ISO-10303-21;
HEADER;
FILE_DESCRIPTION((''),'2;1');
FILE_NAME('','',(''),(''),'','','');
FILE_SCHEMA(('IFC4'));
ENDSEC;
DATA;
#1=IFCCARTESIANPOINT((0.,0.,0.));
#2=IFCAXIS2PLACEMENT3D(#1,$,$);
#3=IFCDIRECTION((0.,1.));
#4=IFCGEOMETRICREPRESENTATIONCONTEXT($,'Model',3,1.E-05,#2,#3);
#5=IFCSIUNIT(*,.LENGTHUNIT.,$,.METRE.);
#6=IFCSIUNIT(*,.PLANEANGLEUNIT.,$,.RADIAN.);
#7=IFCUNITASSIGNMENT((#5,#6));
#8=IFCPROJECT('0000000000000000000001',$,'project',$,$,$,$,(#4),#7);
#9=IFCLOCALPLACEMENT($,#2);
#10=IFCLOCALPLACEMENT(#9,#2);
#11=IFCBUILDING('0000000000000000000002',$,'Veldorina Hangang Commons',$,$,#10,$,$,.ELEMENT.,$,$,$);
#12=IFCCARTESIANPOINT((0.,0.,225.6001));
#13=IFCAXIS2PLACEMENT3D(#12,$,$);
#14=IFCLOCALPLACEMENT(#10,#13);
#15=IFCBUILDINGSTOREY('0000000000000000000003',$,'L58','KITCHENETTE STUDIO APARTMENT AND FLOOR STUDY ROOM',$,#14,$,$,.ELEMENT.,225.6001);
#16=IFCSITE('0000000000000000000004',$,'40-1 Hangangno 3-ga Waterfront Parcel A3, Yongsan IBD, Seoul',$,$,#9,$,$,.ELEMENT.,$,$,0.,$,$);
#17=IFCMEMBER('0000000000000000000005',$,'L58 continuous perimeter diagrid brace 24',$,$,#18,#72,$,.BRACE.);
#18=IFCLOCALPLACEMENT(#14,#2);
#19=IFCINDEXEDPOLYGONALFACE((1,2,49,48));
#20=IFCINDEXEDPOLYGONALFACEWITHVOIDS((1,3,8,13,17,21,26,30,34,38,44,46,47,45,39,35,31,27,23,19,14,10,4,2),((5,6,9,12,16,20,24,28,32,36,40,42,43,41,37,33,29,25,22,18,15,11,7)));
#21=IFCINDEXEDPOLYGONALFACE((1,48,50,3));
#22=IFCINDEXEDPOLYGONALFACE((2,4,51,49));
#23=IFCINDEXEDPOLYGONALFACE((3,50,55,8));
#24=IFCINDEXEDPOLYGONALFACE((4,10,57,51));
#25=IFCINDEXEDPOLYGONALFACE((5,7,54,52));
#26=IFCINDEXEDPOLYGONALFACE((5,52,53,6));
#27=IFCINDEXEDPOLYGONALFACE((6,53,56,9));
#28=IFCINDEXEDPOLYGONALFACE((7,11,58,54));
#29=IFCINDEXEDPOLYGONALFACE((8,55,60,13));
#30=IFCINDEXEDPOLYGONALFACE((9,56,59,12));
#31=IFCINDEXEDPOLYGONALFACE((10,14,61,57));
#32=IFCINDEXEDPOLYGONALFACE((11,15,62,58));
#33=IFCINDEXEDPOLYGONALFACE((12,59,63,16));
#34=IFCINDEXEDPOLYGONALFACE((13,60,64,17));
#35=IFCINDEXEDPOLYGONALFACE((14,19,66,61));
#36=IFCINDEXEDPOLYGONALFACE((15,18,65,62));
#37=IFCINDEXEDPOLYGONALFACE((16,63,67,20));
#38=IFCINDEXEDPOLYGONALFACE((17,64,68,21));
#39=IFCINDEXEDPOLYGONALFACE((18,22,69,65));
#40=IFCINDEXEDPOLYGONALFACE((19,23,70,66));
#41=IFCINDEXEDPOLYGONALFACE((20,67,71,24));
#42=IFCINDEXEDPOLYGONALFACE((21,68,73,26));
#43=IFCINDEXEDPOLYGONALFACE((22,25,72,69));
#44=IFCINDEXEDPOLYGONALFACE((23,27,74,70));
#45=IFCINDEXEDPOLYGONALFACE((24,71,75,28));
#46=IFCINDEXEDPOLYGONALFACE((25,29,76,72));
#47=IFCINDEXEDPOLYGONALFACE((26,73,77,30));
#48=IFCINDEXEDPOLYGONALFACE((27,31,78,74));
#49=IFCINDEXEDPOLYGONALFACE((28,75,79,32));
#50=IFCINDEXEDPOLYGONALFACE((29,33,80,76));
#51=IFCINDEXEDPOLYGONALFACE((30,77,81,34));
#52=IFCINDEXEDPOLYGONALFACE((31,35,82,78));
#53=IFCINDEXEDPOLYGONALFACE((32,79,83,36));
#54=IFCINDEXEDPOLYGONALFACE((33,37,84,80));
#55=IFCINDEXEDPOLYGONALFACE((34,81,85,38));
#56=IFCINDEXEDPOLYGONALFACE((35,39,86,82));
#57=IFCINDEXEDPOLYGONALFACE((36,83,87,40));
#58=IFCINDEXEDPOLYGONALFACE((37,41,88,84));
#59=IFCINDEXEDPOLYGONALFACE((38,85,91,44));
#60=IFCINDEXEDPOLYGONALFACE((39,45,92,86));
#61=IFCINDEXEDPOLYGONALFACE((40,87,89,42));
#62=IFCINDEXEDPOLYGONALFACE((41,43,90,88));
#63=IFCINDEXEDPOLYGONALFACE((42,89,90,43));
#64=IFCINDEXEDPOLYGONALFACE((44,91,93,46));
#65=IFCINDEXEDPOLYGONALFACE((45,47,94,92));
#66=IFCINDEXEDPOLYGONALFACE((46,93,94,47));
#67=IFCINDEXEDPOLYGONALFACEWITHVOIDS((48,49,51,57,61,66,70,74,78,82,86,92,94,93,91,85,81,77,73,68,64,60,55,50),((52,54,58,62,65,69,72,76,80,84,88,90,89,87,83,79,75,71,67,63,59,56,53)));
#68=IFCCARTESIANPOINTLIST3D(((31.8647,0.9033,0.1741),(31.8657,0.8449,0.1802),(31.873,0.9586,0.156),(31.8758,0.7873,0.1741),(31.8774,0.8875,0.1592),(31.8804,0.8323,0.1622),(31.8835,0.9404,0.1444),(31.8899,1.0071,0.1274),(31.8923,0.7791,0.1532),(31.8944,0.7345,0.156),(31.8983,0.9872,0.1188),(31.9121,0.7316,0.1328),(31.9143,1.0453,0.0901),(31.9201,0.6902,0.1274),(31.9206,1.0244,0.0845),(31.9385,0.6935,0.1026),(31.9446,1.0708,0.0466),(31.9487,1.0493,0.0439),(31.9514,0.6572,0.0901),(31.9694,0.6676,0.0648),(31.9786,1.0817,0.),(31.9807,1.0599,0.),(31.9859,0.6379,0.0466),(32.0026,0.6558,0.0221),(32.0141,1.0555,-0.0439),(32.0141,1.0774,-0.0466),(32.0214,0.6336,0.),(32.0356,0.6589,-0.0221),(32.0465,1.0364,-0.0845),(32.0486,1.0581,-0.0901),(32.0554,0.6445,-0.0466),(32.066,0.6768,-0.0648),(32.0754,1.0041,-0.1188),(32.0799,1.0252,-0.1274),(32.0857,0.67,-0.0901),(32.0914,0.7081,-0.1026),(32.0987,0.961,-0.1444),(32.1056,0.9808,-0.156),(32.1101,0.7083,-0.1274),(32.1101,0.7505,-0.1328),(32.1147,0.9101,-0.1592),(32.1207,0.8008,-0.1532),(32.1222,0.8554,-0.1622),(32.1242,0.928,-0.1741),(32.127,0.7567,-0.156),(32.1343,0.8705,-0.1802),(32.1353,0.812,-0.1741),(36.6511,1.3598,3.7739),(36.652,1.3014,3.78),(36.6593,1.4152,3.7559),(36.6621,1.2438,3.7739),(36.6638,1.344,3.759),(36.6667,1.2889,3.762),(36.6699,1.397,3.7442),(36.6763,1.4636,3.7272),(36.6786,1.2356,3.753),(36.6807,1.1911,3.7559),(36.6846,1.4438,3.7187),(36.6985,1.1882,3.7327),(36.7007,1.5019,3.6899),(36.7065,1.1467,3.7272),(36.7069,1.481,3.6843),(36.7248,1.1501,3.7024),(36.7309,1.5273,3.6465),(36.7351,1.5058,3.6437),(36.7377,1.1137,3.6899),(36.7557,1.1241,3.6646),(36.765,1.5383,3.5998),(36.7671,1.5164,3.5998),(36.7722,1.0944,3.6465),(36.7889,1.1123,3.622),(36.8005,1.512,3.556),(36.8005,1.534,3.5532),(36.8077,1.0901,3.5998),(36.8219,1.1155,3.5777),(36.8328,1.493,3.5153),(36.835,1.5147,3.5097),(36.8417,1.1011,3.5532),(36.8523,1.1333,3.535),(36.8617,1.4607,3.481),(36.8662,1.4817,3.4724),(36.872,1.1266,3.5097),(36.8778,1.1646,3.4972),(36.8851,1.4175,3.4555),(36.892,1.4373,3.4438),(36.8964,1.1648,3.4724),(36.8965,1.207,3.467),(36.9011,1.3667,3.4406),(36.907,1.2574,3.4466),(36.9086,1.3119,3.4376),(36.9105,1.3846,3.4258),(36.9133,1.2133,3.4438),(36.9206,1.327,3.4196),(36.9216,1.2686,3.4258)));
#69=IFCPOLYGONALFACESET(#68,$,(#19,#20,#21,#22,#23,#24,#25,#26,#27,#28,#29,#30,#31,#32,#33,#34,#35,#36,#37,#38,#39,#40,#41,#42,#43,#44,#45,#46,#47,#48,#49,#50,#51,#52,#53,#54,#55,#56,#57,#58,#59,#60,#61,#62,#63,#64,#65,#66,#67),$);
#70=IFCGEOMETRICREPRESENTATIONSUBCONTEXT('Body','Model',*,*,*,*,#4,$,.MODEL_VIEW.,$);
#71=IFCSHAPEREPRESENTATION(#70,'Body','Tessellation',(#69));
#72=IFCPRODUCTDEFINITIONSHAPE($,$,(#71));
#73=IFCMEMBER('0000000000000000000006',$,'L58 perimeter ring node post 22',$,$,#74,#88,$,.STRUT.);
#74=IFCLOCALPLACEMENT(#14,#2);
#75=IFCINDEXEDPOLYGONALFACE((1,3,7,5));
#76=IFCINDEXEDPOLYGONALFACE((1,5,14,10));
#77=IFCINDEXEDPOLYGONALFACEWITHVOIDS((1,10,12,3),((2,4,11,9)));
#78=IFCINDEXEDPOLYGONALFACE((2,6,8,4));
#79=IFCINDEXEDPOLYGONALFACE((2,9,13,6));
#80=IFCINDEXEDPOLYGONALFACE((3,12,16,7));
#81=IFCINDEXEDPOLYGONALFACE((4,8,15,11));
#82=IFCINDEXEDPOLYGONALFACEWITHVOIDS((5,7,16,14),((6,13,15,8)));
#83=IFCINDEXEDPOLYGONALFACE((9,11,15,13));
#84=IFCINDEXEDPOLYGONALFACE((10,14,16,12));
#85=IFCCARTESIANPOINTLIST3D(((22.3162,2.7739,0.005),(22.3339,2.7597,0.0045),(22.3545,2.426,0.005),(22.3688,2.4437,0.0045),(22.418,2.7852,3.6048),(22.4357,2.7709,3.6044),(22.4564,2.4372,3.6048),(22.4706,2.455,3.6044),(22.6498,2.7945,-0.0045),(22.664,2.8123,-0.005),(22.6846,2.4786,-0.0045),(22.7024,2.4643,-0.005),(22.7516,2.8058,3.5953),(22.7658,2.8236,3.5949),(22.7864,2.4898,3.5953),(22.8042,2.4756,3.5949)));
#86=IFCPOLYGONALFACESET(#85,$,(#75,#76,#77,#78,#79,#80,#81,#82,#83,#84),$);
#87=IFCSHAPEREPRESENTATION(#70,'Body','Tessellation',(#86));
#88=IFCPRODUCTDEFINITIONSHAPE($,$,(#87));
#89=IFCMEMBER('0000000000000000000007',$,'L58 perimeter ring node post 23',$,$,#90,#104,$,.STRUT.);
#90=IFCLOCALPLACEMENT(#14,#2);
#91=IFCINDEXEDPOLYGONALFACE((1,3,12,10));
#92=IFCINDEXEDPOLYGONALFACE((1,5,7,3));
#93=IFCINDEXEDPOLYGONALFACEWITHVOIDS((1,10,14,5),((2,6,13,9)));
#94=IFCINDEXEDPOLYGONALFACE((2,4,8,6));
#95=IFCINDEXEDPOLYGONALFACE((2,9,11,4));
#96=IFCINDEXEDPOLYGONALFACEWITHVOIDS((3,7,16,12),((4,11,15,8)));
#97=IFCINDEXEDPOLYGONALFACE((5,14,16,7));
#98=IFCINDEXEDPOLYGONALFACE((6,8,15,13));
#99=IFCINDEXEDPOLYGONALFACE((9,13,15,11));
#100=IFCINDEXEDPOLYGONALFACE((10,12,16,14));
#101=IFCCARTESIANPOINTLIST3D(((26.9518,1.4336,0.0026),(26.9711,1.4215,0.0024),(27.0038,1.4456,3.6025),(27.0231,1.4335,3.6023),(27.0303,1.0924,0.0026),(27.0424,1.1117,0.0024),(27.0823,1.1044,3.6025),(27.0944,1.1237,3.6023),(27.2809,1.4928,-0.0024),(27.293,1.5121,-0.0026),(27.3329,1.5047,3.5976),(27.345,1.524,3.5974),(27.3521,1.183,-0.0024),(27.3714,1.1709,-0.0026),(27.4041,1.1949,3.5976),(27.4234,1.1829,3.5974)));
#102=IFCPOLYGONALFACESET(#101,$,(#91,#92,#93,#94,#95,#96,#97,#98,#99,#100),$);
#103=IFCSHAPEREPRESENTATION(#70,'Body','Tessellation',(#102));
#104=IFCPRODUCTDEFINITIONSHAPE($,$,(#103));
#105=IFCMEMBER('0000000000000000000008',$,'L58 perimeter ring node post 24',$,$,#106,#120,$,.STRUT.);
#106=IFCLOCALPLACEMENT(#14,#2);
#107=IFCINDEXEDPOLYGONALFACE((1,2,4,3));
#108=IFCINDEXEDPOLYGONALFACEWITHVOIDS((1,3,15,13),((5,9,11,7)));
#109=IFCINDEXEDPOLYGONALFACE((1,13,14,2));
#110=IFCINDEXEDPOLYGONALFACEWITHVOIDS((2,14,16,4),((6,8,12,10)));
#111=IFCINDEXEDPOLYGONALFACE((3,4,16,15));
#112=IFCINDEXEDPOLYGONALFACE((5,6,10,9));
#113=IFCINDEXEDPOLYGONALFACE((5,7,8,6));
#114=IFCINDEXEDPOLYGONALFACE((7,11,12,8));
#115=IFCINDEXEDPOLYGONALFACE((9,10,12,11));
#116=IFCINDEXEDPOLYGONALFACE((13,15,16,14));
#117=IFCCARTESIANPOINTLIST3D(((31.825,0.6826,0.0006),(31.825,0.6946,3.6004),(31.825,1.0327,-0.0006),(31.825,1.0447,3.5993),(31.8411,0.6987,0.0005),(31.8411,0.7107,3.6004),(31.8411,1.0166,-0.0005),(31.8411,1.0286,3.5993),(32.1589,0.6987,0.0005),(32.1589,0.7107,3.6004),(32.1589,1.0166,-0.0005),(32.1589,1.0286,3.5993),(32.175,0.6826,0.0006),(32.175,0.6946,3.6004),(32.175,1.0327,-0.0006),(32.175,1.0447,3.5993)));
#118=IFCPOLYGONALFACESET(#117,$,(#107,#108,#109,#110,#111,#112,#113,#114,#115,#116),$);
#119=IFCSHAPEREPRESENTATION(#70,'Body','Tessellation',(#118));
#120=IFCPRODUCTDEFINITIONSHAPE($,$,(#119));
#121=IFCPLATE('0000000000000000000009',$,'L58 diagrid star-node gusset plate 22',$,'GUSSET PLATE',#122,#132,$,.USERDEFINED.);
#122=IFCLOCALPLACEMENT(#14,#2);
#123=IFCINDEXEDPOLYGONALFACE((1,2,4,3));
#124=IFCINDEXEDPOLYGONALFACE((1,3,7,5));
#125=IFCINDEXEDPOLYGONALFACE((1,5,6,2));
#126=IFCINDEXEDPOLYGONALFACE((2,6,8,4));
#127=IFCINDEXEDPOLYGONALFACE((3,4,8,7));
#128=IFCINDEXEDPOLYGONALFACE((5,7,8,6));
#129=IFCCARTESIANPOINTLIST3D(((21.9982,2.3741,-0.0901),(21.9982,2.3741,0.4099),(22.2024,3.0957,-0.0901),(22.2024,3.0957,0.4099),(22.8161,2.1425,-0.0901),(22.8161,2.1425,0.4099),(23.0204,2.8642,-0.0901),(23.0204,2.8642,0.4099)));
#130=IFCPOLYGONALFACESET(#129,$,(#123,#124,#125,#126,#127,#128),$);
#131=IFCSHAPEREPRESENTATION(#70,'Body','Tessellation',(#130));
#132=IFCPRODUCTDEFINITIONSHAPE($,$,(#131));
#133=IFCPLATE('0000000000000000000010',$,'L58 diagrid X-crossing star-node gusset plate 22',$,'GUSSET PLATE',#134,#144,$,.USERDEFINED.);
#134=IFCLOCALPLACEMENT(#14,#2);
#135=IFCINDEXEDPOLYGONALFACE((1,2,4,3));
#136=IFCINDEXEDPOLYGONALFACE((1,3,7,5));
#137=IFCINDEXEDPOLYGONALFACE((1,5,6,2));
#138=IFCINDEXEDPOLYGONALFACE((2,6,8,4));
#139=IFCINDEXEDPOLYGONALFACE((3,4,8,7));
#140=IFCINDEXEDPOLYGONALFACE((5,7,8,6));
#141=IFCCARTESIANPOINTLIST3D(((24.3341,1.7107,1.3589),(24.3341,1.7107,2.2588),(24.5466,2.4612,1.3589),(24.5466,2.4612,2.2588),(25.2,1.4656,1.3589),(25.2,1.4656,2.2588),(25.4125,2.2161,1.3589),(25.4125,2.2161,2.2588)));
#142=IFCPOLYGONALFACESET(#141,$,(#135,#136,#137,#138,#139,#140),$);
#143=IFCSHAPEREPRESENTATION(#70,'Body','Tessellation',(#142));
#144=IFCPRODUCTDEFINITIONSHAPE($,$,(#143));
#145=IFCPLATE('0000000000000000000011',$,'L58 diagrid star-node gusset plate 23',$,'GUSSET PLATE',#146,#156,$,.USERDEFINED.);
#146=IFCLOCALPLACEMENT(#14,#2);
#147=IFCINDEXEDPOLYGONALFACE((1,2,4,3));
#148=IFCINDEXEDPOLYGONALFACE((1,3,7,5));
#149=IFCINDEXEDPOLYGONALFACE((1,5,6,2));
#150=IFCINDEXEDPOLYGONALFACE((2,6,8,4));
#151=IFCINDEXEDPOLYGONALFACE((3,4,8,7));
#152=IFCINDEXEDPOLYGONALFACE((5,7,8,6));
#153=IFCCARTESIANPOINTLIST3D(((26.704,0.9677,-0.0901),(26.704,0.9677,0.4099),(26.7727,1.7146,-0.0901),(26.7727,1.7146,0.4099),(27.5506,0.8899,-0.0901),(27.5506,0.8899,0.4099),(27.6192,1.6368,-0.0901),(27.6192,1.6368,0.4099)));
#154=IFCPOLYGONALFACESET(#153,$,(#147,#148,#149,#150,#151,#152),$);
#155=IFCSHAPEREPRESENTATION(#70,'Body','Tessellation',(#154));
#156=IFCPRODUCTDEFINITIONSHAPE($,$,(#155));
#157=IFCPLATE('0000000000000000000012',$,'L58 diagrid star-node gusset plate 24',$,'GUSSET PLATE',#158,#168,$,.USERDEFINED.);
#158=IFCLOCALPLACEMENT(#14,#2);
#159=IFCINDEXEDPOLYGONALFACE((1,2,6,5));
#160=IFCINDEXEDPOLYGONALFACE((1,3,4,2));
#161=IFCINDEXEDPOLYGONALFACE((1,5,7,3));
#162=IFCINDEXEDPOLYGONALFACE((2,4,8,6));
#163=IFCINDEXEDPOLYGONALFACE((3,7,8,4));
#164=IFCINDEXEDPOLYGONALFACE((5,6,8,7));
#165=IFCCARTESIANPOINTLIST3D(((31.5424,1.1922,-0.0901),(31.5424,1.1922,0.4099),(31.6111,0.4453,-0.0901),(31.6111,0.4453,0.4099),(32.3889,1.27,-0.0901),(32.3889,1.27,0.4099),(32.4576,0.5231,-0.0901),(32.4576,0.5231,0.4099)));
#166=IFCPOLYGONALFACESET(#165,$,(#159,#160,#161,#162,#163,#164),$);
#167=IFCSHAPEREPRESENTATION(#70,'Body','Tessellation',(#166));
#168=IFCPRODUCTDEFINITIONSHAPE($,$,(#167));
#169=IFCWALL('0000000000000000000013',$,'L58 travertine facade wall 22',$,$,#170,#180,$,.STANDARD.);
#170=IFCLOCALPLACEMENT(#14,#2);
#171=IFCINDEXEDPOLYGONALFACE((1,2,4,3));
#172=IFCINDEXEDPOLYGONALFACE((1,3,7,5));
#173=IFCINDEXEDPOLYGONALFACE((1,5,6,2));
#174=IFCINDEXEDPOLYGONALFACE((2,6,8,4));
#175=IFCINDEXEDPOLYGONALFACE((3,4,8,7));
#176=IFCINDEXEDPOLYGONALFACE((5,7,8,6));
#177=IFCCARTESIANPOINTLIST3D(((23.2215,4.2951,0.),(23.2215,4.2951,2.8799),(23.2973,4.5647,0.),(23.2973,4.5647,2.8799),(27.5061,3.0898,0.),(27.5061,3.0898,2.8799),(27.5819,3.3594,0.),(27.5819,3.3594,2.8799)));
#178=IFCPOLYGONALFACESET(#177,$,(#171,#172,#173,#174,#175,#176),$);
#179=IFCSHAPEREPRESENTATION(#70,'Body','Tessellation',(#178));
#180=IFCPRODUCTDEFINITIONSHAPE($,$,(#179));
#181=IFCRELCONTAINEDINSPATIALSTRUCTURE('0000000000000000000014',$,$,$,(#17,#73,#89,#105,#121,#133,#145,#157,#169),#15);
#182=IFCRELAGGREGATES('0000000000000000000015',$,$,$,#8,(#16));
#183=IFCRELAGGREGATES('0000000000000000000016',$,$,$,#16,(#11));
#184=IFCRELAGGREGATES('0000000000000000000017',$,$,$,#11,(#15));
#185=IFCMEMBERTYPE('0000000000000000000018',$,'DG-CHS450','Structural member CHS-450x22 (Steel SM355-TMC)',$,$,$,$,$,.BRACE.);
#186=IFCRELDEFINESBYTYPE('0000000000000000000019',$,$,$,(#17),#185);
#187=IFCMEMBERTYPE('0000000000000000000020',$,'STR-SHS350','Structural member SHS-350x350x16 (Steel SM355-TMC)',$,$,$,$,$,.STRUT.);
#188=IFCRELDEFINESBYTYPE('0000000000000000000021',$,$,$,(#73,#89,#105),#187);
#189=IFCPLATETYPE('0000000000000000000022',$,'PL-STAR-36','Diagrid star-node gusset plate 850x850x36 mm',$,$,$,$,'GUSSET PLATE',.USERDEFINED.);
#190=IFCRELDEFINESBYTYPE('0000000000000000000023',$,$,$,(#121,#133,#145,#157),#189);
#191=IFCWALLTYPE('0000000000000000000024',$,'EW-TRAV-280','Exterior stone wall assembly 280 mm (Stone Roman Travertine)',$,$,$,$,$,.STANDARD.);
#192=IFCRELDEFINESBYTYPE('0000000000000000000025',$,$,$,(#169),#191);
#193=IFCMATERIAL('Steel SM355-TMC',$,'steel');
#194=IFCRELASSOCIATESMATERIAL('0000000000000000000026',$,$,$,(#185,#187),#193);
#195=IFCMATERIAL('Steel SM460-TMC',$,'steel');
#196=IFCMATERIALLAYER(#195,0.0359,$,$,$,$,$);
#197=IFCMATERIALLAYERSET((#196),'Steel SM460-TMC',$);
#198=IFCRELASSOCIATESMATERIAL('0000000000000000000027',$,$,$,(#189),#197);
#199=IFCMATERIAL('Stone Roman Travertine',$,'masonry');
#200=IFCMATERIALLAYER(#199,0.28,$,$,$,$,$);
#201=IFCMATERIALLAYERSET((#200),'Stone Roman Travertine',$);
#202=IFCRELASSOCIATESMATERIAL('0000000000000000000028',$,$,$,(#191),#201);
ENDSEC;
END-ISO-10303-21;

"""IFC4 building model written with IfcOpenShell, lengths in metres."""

from ifc_helpers import new_model, si_unit, direction, frame, frame_2d, origin, origin_2d, place, context, subcontext, project, spatial, rectangle, hollow_rectangle, hollow_circle, extrude, material, layer, layer_set, material_profile, profile_set, type_object, element, save


model = new_model("IFC4")

# Units and contexts
model_context = context("Model", 3, precision=1e-05, world=origin(), true_north=direction((0.0, 1.0)))
body_context = subcontext(model_context, "Body", "Model", "MODEL_VIEW")
ifc_project = project(units=[si_unit("LENGTHUNIT", "METRE"), si_unit("PLANEANGLEUNIT", "RADIAN")], contexts=[model_context])

# Site, building, storey
site_placement = place(None, origin())
site = spatial("IfcSite", under=ifc_project, at=site_placement, Name="40-1 Hangangno 3-ga Waterfront Parcel A3, Yongsan IBD, Seoul", CompositionType="ELEMENT", RefElevation=0.0)
building_placement = place(site_placement, origin())
building = spatial("IfcBuilding", under=site, at=building_placement, Name="Veldorina Hangang Commons", CompositionType="ELEMENT")
storey_placement = place(building_placement, frame((0.0, 0.0, 225.6001)))
storey = spatial("IfcBuildingStorey", under=building, at=storey_placement, Name="L58", Description="KITCHENETTE STUDIO APARTMENT AND FLOOR STUDY ROOM", CompositionType="ELEMENT", Elevation=225.6001)

# Shared definitions
ifc_material_1 = material(Name="Steel SM355-TMC", Category="steel")

# Members
ifc_material_profile_1 = material_profile(ifc_material_1, hollow_circle(Radius=0.2251, WallThickness=0.022, at=origin_2d()), Name="CHS-450x22")
ifc_profile_set_1 = profile_set([ifc_material_profile_1], Name="Steel SM355-TMC")
member_type_1 = type_object("IfcMemberType", Name="DG-CHS450", Description="Structural member CHS-450x22 (Steel SM355-TMC)", PredefinedType="BRACE", material=ifc_profile_set_1)
member_1_placement = place(storey_placement, frame((32.0, 0.8577, 0.0), z_axis=(0.79688, 0.076009, 0.599337), x_axis=(-0.094953, 0.995482, 0.0)))
element("IfcMember", 1, at=member_1_placement, inside=storey, type_object=member_type_1, Name="L58 continuous perimeter diagrid brace 24", PredefinedType="BRACE", context=body_context, shape_type="SweptSolid", body=[
    extrude(hollow_circle(Radius=0.2251, WallThickness=0.022, at=origin_2d()), origin(), (0.0, 0.0, 1.0), 6.0063),
])
ifc_material_profile_2 = material_profile(ifc_material_1, hollow_rectangle(XDim=0.3501, YDim=0.3501, WallThickness=0.0161, at=origin_2d()), Name="SHS-350x350x16")
ifc_profile_set_2 = profile_set([ifc_material_profile_2], Name="Steel SM355-TMC")
member_type_2 = type_object("IfcMemberType", Name="STR-SHS350", Description="Structural member SHS-350x350x16 (Steel SM355-TMC)", PredefinedType="STRUT", material=ifc_profile_set_2)
member_2_placement = place(storey_placement, frame((22.5093, 2.6191, 0.0), z_axis=(0.028269, 0.003118, 0.999595), x_axis=(-0.109647, 0.993971, 0.0)))
element("IfcMember", 2, at=member_2_placement, inside=storey, type_object=member_type_2, Name="L58 perimeter ring node post 22", PredefinedType="STRUT", context=body_context, shape_type="SweptSolid", body=[
    extrude(hollow_rectangle(XDim=0.3501, YDim=0.3501, WallThickness=0.0161, at=origin_2d()), origin(), (0.0, 0.0, 1.0), 3.6013),
])
member_3_placement = place(storey_placement, frame((27.1616, 1.3022, 0.0), z_axis=(0.014444, 0.003323, 0.99989), x_axis=(-0.224191, 0.974545, 0.0)))
element("IfcMember", 3, at=member_3_placement, inside=storey, type_object=member_type_2, Name="L58 perimeter ring node post 23", PredefinedType="STRUT", context=body_context, shape_type="SweptSolid", body=[
    extrude(hollow_rectangle(XDim=0.3501, YDim=0.3501, WallThickness=0.0161, at=origin_2d()), origin(), (0.0, 0.0, 1.0), 3.6003),
])
member_4_placement = place(storey_placement, frame((32.0, 0.8577, 0.0), z_axis=(0.0, 0.003323, 0.999994), x_axis=(-1.0, 0.0, 0.0)))
element("IfcMember", 4, at=member_4_placement, inside=storey, type_object=member_type_2, Name="L58 perimeter ring node post 24", PredefinedType="STRUT", context=body_context, shape_type="SweptSolid", body=[
    extrude(hollow_rectangle(XDim=0.3501, YDim=0.3501, WallThickness=0.0161, at=origin_2d()), origin(), (0.0, 0.0, 1.0), 3.5999),
])

# Plates
ifc_material_2 = material(Name="Steel SM460-TMC", Category="steel")
ifc_layer_1 = layer(ifc_material_2, 0.0359)
ifc_layer_set_1 = layer_set([ifc_layer_1], Name="Steel SM460-TMC")
plate_type = type_object("IfcPlateType", Name="PL-STAR-36", Description="Diagrid star-node gusset plate 850x850x36 mm", ElementType="GUSSET PLATE", PredefinedType="USERDEFINED", material=ifc_layer_set_1)
plate_1_placement = place(storey_placement, frame((22.5093, 2.6191, -0.0901), z_axis=(0.0, 0.0, 1.0), x_axis=(0.962194, -0.272364, 0.0)))
element("IfcPlate", 5, at=plate_1_placement, inside=storey, type_object=plate_type, Name="L58 diagrid star-node gusset plate 22", ObjectType="GUSSET PLATE", PredefinedType="USERDEFINED", context=body_context, shape_type="SweptSolid", body=[
    extrude(rectangle(XDim=0.8501, YDim=0.75, at=origin_2d()), origin(), (0.0, 0.0, 1.0), 0.5),
])
plate_2_placement = place(storey_placement, frame((24.8733, 1.9634, 1.3589), z_axis=(0.0, 0.0, 1.0), x_axis=(0.962194, -0.272364, 0.0)))
element("IfcPlate", 6, at=plate_2_placement, inside=storey, type_object=plate_type, Name="L58 diagrid X-crossing star-node gusset plate 22", ObjectType="GUSSET PLATE", PredefinedType="USERDEFINED", context=body_context, shape_type="SweptSolid", body=[
    extrude(rectangle(XDim=0.8999, YDim=0.78, at=origin_2d()), origin(), (0.0, 0.0, 1.0), 0.8999),
])
for number, where, z_axis, x_axis, name in (
    (7, (27.1616, 1.3022, -0.0901), (0.0, 0.0, 1.0), (0.995803, -0.091519, 0.0), "L58 diagrid star-node gusset plate 23"),
    (8, (32.0, 0.8577, -0.0901), (0.0, 0.0, 1.0), (0.995803, 0.091519, 0.0), "L58 diagrid star-node gusset plate 24"),
):
    element("IfcPlate", number, at=place(storey_placement, frame(where, z_axis=z_axis, x_axis=x_axis)), inside=storey, type_object=plate_type, Name=name, ObjectType="GUSSET PLATE", PredefinedType="USERDEFINED", context=body_context, shape_type="SweptSolid", body=[
        extrude(rectangle(XDim=0.8501, YDim=0.75, at=origin_2d()), origin(), (0.0, 0.0, 1.0), 0.5),
    ])

# Wall
ifc_material_3 = material(Name="Stone Roman Travertine", Category="masonry")
ifc_layer_2 = layer(ifc_material_3, 0.28)
ifc_layer_set_2 = layer_set([ifc_layer_2], Name="Stone Roman Travertine")
wall_type_1 = type_object("IfcWallType", Name="EW-TRAV-280", Description="Exterior stone wall assembly 280 mm (Stone Roman Travertine)", PredefinedType="STANDARD", material=ifc_layer_set_2)
wall_1_placement = place(storey_placement, frame((23.2593, 4.4299, 0.0), z_axis=(0.0, 0.0, 1.0), x_axis=(0.962636, -0.2708, 0.0)))
element("IfcWall", 9, at=wall_1_placement, inside=storey, type_object=wall_type_1, Name="L58 travertine facade wall 22", PredefinedType="STANDARD", context=body_context, shape_type="SweptSolid", body=[
    extrude(rectangle(XDim=4.4509, YDim=0.28, at=frame_2d((2.2256, 0.0))), origin(), (0.0, 0.0, 1.0), 2.8799),
])

save(model, "model.ifc")
